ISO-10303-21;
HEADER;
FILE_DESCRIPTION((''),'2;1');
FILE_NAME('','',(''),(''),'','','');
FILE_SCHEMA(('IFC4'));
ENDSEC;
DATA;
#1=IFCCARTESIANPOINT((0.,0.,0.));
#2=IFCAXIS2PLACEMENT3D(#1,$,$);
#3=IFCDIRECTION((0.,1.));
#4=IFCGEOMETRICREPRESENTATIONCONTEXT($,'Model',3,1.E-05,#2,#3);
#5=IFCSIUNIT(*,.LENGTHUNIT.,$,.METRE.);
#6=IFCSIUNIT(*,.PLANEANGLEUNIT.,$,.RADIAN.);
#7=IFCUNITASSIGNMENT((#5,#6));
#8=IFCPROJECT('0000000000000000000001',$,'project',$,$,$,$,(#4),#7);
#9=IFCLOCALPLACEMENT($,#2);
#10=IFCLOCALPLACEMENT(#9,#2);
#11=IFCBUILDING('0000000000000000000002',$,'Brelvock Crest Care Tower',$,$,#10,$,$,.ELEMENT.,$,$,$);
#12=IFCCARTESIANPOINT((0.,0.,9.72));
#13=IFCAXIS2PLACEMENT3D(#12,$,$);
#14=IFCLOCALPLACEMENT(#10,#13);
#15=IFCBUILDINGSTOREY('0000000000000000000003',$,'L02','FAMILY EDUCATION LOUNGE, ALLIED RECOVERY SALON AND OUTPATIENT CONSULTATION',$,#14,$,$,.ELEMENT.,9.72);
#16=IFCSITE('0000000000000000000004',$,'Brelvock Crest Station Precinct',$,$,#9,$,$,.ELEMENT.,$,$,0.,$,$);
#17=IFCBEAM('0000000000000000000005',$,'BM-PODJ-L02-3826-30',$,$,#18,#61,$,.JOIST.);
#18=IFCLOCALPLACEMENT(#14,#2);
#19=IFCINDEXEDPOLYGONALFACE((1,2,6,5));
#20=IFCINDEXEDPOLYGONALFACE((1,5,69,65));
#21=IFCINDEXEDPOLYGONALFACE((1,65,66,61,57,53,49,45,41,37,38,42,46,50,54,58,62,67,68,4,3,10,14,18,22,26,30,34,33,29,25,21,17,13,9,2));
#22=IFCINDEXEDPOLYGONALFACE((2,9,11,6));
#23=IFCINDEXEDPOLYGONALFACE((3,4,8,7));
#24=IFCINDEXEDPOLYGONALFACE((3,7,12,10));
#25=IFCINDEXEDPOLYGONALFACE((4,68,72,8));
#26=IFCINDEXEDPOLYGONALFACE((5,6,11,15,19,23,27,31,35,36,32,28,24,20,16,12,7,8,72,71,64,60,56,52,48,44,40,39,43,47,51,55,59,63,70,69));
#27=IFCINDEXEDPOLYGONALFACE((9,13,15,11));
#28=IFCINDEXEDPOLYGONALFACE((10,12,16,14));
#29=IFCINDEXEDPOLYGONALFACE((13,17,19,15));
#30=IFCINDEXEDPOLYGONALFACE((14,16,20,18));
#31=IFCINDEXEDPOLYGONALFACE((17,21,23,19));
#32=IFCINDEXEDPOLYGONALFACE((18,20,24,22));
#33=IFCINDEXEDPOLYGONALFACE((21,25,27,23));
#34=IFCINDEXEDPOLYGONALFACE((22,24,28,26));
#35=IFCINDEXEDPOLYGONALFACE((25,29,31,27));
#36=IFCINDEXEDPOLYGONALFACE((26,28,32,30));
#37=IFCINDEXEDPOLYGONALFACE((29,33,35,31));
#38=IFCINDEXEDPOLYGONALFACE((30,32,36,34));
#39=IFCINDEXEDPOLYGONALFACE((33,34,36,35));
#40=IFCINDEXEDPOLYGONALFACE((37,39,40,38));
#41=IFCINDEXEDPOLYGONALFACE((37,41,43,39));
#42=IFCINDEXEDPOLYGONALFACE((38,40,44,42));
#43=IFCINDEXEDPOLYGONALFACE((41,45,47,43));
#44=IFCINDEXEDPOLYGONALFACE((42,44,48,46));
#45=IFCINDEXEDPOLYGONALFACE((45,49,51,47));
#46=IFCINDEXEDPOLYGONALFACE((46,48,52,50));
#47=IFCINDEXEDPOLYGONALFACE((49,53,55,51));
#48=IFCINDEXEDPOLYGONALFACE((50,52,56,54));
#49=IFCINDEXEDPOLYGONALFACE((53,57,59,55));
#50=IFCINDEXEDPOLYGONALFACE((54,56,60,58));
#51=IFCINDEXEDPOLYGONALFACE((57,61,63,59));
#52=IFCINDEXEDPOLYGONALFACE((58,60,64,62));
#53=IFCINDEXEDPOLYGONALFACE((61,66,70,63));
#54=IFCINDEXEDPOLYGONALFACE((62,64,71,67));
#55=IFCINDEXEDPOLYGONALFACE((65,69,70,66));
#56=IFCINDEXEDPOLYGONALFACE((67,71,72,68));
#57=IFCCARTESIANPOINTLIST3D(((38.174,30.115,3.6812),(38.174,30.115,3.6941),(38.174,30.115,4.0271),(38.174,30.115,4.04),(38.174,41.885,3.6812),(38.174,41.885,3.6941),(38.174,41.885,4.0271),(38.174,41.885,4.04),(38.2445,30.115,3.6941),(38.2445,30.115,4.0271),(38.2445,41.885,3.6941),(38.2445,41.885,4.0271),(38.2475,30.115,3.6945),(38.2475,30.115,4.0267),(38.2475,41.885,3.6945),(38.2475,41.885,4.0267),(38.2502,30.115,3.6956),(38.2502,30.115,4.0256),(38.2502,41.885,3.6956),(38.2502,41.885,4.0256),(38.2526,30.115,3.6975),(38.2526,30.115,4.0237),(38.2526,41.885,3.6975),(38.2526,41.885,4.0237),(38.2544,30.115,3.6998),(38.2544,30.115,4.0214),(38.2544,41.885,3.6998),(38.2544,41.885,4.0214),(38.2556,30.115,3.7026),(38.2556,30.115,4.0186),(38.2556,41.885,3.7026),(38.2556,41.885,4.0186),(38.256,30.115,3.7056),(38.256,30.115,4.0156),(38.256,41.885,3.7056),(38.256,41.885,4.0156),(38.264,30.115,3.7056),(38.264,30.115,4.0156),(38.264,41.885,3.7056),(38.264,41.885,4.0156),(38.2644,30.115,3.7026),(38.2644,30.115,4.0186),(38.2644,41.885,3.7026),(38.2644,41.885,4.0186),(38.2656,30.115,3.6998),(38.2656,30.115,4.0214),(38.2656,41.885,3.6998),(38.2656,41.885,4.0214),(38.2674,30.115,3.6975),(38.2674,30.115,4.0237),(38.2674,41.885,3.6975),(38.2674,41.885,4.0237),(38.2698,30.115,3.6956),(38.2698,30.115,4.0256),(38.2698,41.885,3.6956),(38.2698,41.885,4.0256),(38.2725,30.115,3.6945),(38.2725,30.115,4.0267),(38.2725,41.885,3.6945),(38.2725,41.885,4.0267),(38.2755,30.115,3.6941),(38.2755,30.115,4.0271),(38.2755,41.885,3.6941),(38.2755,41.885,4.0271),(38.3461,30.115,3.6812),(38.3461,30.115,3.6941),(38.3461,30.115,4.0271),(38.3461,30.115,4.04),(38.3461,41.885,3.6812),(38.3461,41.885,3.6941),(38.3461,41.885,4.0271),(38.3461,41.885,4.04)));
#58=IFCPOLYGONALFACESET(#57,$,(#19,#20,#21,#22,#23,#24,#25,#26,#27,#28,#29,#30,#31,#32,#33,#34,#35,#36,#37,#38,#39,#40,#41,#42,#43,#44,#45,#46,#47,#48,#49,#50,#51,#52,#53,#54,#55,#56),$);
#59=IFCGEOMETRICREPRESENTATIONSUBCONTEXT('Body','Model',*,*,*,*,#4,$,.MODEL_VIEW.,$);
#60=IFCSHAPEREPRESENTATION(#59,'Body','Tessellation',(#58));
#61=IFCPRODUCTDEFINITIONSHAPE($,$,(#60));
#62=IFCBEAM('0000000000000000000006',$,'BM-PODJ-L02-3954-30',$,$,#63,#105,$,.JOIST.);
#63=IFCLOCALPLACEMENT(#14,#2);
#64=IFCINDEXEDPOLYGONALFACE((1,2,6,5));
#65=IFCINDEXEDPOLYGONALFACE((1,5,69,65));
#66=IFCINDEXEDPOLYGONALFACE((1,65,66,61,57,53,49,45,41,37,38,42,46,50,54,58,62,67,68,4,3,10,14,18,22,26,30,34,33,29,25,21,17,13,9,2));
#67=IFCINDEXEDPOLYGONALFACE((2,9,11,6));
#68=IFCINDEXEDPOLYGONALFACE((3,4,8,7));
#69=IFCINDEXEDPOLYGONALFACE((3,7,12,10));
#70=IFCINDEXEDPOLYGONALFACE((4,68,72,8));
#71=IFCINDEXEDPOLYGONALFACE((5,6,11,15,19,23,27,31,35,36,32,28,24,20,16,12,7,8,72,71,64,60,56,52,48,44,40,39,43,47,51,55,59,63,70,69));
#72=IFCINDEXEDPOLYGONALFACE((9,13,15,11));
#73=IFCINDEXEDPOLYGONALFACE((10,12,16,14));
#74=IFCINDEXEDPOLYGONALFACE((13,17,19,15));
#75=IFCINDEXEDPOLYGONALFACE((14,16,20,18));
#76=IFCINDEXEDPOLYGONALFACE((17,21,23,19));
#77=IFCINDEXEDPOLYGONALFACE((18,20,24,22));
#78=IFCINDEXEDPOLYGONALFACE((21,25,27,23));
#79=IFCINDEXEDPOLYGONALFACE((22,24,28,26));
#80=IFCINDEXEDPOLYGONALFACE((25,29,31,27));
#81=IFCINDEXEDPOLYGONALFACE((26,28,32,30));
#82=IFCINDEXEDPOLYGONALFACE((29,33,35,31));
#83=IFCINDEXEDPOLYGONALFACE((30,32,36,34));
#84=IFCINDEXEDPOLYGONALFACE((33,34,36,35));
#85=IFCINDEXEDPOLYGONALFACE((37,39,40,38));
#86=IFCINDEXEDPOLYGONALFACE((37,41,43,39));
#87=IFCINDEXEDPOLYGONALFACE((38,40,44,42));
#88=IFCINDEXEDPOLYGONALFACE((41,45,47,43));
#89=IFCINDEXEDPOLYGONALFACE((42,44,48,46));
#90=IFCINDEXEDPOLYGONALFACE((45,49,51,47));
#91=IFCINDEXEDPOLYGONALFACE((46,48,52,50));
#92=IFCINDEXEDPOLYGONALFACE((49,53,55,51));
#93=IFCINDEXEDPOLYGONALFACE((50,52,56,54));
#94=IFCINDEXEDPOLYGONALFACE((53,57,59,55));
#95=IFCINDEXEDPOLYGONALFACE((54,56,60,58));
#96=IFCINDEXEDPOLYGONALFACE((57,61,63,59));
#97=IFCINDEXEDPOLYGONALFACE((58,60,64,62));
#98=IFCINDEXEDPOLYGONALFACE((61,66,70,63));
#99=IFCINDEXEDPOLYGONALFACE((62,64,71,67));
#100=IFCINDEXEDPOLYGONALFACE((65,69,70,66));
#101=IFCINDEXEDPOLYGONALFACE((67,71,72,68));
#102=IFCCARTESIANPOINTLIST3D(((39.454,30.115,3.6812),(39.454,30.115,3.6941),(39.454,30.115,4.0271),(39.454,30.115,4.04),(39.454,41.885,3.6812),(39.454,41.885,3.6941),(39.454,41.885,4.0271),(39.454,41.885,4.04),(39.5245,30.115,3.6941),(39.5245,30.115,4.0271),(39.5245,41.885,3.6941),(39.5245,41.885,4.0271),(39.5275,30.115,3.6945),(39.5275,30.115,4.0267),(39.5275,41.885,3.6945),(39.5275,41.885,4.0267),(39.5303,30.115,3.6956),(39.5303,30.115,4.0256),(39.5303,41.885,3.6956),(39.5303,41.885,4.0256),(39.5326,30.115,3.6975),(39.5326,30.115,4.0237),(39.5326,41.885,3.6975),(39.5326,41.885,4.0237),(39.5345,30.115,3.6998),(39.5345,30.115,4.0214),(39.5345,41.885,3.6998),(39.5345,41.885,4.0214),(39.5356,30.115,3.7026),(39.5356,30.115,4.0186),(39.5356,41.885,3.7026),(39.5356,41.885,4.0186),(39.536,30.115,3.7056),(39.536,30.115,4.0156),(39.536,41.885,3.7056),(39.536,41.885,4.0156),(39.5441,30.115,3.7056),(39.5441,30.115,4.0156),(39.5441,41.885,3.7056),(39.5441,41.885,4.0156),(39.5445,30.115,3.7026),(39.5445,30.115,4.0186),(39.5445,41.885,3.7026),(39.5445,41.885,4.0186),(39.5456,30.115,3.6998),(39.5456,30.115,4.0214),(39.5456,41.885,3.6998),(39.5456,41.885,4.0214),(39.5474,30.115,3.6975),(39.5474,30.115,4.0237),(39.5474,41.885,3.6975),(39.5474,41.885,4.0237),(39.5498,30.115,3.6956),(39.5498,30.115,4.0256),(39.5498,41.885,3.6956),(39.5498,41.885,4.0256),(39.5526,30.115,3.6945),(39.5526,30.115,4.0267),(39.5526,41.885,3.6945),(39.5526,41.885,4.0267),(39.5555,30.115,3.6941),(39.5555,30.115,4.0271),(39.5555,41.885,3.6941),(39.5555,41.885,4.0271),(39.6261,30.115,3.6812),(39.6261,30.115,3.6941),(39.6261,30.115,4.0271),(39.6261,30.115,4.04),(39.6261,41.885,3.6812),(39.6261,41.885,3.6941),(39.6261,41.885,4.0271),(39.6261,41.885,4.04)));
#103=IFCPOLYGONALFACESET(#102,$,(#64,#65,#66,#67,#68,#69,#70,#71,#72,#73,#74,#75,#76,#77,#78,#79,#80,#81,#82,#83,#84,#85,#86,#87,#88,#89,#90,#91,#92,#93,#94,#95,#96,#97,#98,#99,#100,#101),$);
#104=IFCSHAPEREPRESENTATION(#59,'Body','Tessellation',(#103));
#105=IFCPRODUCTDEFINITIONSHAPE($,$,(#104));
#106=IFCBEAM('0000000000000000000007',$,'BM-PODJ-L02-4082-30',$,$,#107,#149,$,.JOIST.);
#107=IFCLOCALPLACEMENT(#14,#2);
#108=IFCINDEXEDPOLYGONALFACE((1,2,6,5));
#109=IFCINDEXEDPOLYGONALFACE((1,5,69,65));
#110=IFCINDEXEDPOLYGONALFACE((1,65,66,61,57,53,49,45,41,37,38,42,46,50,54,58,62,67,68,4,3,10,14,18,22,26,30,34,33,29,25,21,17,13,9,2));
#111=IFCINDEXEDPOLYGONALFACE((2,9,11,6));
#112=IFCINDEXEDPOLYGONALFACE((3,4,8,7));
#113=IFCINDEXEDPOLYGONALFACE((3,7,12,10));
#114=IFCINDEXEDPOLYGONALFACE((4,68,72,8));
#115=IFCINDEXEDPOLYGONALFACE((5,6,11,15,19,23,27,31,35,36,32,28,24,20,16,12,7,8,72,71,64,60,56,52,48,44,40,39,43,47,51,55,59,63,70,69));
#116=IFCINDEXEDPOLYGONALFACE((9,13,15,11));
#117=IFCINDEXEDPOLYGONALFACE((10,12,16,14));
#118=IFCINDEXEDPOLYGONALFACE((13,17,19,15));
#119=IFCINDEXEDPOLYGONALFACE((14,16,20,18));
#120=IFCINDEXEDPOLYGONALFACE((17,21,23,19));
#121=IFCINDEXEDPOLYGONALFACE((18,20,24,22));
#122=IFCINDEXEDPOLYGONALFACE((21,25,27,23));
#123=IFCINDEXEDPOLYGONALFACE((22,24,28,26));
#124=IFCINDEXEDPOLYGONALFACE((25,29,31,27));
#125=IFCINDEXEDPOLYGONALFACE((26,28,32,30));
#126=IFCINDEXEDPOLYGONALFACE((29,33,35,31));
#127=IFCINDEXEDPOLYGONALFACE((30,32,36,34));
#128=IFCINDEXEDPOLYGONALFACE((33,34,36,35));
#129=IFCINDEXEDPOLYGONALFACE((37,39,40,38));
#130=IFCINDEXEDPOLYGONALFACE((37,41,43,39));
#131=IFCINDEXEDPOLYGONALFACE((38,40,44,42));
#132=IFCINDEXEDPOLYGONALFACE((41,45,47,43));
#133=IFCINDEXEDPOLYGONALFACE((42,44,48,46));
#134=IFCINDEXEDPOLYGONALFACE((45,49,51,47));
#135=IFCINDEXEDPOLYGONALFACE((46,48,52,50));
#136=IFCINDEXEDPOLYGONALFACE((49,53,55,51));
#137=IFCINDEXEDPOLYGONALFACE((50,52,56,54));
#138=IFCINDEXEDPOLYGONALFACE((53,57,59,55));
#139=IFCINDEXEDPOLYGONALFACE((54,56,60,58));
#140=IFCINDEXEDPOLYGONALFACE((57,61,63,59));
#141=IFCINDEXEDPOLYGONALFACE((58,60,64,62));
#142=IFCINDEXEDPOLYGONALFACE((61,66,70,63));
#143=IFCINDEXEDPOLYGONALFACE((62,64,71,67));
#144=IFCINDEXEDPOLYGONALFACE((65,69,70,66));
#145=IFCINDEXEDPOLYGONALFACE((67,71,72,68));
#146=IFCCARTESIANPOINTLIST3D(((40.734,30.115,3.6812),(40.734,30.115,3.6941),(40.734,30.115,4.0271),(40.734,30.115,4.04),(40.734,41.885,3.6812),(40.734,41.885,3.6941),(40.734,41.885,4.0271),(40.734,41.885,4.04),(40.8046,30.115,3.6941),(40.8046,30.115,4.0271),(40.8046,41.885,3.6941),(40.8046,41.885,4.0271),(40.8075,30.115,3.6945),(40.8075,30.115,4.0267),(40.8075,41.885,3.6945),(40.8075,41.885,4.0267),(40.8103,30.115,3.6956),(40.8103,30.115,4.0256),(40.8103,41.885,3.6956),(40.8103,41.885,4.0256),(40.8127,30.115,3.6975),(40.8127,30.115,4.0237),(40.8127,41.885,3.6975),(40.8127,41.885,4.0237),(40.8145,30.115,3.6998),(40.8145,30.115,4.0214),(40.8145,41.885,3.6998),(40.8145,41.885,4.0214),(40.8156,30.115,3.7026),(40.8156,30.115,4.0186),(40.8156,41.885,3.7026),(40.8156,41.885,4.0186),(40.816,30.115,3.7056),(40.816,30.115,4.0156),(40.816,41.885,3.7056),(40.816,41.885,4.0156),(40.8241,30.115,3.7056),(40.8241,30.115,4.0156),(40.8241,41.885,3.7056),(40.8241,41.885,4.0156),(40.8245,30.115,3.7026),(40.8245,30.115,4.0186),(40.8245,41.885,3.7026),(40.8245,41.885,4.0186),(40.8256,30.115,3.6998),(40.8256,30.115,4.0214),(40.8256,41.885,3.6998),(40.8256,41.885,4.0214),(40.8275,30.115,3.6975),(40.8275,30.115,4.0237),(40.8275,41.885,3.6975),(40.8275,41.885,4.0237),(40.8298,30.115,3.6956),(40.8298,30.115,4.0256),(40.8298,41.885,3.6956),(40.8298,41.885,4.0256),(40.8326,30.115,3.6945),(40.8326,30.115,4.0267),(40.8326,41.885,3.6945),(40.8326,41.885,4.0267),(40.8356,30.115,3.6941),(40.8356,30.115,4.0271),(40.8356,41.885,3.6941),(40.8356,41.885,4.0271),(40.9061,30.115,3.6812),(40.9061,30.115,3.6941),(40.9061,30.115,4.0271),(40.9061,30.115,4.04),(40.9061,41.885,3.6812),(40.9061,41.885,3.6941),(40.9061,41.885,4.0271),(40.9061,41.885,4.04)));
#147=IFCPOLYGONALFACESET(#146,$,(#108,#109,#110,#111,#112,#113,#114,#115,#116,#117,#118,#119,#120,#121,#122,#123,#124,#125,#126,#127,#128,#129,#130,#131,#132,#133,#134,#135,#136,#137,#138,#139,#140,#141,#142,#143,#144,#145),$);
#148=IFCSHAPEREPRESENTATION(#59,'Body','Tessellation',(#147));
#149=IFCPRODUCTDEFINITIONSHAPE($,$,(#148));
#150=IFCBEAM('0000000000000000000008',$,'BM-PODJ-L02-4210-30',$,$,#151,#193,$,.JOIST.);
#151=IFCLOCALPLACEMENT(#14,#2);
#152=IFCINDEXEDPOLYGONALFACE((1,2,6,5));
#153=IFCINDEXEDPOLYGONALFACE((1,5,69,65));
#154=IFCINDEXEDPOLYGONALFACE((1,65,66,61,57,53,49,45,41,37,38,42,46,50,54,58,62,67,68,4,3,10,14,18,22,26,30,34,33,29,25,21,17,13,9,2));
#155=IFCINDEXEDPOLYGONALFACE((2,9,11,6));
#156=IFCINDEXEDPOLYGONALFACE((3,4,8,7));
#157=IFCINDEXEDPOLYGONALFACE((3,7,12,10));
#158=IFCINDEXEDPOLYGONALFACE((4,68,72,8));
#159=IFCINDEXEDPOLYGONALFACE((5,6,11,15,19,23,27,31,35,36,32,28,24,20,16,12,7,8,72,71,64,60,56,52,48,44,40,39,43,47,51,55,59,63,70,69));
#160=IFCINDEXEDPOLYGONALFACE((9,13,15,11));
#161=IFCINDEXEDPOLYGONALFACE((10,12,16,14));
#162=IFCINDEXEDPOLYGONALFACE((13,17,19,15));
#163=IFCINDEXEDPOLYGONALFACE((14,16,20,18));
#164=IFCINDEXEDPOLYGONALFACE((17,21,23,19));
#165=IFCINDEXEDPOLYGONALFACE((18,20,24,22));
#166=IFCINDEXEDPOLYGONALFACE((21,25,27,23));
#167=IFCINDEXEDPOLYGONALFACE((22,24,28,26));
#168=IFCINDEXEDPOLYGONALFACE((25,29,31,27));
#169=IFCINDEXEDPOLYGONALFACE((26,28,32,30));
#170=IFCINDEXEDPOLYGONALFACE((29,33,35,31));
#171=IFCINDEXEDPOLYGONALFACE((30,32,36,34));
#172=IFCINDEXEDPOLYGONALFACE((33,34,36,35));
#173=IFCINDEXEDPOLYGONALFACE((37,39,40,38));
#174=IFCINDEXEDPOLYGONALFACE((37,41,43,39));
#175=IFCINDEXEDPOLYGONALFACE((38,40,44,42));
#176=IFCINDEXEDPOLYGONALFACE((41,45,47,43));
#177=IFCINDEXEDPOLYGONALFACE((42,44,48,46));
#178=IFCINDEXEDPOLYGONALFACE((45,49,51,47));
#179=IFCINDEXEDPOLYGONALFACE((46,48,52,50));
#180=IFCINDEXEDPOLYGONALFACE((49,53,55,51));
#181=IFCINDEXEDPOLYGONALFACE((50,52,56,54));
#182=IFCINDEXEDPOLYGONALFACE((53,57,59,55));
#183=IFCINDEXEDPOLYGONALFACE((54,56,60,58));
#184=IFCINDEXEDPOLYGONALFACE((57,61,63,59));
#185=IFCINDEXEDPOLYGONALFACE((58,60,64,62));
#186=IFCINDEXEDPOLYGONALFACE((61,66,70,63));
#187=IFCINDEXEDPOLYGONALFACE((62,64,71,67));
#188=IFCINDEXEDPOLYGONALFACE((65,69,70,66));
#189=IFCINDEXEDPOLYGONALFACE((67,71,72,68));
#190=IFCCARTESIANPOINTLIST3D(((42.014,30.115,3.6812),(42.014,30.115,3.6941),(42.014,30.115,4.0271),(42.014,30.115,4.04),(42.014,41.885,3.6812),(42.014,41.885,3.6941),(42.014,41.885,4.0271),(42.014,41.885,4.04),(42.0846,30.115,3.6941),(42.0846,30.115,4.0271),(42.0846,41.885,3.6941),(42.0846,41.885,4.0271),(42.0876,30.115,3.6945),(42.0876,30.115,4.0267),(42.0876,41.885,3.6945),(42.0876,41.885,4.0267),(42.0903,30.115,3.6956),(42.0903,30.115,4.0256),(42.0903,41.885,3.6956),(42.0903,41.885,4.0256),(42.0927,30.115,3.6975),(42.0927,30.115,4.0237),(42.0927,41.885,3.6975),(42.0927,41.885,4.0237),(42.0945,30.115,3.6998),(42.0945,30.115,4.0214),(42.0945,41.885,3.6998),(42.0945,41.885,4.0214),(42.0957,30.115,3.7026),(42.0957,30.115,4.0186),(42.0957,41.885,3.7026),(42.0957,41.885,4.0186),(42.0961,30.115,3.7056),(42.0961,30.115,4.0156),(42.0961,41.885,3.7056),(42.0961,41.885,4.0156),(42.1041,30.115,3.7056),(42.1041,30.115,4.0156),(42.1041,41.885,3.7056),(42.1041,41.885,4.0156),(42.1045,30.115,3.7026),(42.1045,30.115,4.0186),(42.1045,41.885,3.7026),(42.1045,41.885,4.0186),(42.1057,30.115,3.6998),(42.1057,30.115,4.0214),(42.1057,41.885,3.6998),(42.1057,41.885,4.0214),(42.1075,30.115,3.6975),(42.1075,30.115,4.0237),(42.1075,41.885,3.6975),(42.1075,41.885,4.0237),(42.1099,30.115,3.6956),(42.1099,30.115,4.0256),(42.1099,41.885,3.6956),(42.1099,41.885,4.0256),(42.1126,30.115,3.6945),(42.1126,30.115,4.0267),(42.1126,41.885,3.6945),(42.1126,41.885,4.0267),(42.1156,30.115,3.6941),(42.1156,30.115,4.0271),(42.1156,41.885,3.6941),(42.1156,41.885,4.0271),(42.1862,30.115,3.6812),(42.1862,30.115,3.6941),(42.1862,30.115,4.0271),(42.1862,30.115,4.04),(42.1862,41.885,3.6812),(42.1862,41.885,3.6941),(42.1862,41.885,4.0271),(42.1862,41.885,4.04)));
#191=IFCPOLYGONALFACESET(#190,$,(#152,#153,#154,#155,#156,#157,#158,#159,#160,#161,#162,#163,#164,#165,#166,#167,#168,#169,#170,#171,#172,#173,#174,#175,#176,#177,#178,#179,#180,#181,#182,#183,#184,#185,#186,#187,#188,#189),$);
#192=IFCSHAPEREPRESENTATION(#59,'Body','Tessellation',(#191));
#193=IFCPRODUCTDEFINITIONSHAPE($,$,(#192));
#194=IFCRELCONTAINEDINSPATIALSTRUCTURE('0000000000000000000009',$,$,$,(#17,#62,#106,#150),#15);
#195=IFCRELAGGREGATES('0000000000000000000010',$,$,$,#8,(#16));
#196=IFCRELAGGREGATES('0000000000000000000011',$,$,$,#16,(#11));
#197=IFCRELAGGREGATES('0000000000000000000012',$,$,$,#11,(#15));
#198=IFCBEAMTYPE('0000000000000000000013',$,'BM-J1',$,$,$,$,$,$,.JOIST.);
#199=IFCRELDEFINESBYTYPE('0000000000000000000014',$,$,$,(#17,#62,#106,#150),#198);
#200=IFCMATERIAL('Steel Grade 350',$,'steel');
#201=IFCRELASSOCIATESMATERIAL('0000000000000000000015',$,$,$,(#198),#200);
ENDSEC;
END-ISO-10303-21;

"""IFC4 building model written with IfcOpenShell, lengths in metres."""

from ifc_helpers import new_model, si_unit, direction, frame, origin, origin_2d, place, context, subcontext, project, spatial, i_section, extrude, source, transform, mapped, material, material_profile, profile_set, type_object, element, save


model = new_model("IFC4")

# Units and contexts
model_context = context("Model", 3, precision=1e-05, world=origin(), true_north=direction((0.0, 1.0)))
body_context = subcontext(model_context, "Body", "Model", "MODEL_VIEW")
ifc_project = project(units=[si_unit("LENGTHUNIT", "METRE"), si_unit("PLANEANGLEUNIT", "RADIAN")], contexts=[model_context])

# Site, building, storey
site_placement = place(None, origin())
site = spatial("IfcSite", under=ifc_project, at=site_placement, Name="Brelvock Crest Station Precinct", CompositionType="ELEMENT", RefElevation=0.0)
building_placement = place(site_placement, origin())
building = spatial("IfcBuilding", under=site, at=building_placement, Name="Brelvock Crest Care Tower", CompositionType="ELEMENT")
storey_placement = place(building_placement, frame((0.0, 0.0, 9.72)))
storey = spatial("IfcBuildingStorey", under=building, at=storey_placement, Name="L02", Description="FAMILY EDUCATION LOUNGE, ALLIED RECOVERY SALON AND OUTPATIENT CONSULTATION", CompositionType="ELEMENT", Elevation=9.72)

# Shared definitions
ifc_material_1 = material(Name="Steel Grade 350", Category="steel")

# Beams
ifc_material_profile_1 = material_profile(ifc_material_1, i_section(OverallWidth=0.1721, OverallDepth=0.3589, WebThickness=0.0081, FlangeThickness=0.0129, FilletRadius=0.0115, at=origin_2d()), Name="360UB56.7")
ifc_profile_set_1 = profile_set([ifc_material_profile_1], Name="Steel Grade 350")
beam_type_1 = type_object("IfcBeamType", Name="BM-J1", PredefinedType="JOIST", material=ifc_profile_set_1)
shared_shape_1 = source(origin(), body_context, "Body", "SweptSolid", [
    extrude(i_section(OverallWidth=0.1721, OverallDepth=0.3589, WebThickness=0.0081, FlangeThickness=0.0129, FilletRadius=0.0115, at=origin_2d()), origin(), (0.0, 0.0, 1.0), 11.77),
])
for number, where, z_axis, x_axis, name in (
    (1, (38.26, 30.115, 3.8606), (0.0, 1.0, 0.0), (-1.0, 0.0, 0.0), "BM-PODJ-L02-3826-30"),
    (2, (39.54, 30.115, 3.8606), (0.0, 1.0, 0.0), (-1.0, 0.0, 0.0), "BM-PODJ-L02-3954-30"),
    (3, (40.8201, 30.115, 3.8606), (0.0, 1.0, 0.0), (-1.0, 0.0, 0.0), "BM-PODJ-L02-4082-30"),
    (4, (42.1001, 30.115, 3.8606), (0.0, 1.0, 0.0), (-1.0, 0.0, 0.0), "BM-PODJ-L02-4210-30"),
):
    element("IfcBeam", number, at=place(storey_placement, frame(where, z_axis=z_axis, x_axis=x_axis)), inside=storey, type_object=beam_type_1, Name=name, PredefinedType="JOIST", context=body_context, shape_type="MappedRepresentation", body=[
        mapped(shared_shape_1, transform((0.0, 0.0, 0.0), x_axis=(1.0, 0.0, 0.0), y_axis=(0.0, 1.0, 0.0), z_axis=(0.0, 0.0, 1.0), scale=1.0)),
    ])

save(model, "model.ifc")
